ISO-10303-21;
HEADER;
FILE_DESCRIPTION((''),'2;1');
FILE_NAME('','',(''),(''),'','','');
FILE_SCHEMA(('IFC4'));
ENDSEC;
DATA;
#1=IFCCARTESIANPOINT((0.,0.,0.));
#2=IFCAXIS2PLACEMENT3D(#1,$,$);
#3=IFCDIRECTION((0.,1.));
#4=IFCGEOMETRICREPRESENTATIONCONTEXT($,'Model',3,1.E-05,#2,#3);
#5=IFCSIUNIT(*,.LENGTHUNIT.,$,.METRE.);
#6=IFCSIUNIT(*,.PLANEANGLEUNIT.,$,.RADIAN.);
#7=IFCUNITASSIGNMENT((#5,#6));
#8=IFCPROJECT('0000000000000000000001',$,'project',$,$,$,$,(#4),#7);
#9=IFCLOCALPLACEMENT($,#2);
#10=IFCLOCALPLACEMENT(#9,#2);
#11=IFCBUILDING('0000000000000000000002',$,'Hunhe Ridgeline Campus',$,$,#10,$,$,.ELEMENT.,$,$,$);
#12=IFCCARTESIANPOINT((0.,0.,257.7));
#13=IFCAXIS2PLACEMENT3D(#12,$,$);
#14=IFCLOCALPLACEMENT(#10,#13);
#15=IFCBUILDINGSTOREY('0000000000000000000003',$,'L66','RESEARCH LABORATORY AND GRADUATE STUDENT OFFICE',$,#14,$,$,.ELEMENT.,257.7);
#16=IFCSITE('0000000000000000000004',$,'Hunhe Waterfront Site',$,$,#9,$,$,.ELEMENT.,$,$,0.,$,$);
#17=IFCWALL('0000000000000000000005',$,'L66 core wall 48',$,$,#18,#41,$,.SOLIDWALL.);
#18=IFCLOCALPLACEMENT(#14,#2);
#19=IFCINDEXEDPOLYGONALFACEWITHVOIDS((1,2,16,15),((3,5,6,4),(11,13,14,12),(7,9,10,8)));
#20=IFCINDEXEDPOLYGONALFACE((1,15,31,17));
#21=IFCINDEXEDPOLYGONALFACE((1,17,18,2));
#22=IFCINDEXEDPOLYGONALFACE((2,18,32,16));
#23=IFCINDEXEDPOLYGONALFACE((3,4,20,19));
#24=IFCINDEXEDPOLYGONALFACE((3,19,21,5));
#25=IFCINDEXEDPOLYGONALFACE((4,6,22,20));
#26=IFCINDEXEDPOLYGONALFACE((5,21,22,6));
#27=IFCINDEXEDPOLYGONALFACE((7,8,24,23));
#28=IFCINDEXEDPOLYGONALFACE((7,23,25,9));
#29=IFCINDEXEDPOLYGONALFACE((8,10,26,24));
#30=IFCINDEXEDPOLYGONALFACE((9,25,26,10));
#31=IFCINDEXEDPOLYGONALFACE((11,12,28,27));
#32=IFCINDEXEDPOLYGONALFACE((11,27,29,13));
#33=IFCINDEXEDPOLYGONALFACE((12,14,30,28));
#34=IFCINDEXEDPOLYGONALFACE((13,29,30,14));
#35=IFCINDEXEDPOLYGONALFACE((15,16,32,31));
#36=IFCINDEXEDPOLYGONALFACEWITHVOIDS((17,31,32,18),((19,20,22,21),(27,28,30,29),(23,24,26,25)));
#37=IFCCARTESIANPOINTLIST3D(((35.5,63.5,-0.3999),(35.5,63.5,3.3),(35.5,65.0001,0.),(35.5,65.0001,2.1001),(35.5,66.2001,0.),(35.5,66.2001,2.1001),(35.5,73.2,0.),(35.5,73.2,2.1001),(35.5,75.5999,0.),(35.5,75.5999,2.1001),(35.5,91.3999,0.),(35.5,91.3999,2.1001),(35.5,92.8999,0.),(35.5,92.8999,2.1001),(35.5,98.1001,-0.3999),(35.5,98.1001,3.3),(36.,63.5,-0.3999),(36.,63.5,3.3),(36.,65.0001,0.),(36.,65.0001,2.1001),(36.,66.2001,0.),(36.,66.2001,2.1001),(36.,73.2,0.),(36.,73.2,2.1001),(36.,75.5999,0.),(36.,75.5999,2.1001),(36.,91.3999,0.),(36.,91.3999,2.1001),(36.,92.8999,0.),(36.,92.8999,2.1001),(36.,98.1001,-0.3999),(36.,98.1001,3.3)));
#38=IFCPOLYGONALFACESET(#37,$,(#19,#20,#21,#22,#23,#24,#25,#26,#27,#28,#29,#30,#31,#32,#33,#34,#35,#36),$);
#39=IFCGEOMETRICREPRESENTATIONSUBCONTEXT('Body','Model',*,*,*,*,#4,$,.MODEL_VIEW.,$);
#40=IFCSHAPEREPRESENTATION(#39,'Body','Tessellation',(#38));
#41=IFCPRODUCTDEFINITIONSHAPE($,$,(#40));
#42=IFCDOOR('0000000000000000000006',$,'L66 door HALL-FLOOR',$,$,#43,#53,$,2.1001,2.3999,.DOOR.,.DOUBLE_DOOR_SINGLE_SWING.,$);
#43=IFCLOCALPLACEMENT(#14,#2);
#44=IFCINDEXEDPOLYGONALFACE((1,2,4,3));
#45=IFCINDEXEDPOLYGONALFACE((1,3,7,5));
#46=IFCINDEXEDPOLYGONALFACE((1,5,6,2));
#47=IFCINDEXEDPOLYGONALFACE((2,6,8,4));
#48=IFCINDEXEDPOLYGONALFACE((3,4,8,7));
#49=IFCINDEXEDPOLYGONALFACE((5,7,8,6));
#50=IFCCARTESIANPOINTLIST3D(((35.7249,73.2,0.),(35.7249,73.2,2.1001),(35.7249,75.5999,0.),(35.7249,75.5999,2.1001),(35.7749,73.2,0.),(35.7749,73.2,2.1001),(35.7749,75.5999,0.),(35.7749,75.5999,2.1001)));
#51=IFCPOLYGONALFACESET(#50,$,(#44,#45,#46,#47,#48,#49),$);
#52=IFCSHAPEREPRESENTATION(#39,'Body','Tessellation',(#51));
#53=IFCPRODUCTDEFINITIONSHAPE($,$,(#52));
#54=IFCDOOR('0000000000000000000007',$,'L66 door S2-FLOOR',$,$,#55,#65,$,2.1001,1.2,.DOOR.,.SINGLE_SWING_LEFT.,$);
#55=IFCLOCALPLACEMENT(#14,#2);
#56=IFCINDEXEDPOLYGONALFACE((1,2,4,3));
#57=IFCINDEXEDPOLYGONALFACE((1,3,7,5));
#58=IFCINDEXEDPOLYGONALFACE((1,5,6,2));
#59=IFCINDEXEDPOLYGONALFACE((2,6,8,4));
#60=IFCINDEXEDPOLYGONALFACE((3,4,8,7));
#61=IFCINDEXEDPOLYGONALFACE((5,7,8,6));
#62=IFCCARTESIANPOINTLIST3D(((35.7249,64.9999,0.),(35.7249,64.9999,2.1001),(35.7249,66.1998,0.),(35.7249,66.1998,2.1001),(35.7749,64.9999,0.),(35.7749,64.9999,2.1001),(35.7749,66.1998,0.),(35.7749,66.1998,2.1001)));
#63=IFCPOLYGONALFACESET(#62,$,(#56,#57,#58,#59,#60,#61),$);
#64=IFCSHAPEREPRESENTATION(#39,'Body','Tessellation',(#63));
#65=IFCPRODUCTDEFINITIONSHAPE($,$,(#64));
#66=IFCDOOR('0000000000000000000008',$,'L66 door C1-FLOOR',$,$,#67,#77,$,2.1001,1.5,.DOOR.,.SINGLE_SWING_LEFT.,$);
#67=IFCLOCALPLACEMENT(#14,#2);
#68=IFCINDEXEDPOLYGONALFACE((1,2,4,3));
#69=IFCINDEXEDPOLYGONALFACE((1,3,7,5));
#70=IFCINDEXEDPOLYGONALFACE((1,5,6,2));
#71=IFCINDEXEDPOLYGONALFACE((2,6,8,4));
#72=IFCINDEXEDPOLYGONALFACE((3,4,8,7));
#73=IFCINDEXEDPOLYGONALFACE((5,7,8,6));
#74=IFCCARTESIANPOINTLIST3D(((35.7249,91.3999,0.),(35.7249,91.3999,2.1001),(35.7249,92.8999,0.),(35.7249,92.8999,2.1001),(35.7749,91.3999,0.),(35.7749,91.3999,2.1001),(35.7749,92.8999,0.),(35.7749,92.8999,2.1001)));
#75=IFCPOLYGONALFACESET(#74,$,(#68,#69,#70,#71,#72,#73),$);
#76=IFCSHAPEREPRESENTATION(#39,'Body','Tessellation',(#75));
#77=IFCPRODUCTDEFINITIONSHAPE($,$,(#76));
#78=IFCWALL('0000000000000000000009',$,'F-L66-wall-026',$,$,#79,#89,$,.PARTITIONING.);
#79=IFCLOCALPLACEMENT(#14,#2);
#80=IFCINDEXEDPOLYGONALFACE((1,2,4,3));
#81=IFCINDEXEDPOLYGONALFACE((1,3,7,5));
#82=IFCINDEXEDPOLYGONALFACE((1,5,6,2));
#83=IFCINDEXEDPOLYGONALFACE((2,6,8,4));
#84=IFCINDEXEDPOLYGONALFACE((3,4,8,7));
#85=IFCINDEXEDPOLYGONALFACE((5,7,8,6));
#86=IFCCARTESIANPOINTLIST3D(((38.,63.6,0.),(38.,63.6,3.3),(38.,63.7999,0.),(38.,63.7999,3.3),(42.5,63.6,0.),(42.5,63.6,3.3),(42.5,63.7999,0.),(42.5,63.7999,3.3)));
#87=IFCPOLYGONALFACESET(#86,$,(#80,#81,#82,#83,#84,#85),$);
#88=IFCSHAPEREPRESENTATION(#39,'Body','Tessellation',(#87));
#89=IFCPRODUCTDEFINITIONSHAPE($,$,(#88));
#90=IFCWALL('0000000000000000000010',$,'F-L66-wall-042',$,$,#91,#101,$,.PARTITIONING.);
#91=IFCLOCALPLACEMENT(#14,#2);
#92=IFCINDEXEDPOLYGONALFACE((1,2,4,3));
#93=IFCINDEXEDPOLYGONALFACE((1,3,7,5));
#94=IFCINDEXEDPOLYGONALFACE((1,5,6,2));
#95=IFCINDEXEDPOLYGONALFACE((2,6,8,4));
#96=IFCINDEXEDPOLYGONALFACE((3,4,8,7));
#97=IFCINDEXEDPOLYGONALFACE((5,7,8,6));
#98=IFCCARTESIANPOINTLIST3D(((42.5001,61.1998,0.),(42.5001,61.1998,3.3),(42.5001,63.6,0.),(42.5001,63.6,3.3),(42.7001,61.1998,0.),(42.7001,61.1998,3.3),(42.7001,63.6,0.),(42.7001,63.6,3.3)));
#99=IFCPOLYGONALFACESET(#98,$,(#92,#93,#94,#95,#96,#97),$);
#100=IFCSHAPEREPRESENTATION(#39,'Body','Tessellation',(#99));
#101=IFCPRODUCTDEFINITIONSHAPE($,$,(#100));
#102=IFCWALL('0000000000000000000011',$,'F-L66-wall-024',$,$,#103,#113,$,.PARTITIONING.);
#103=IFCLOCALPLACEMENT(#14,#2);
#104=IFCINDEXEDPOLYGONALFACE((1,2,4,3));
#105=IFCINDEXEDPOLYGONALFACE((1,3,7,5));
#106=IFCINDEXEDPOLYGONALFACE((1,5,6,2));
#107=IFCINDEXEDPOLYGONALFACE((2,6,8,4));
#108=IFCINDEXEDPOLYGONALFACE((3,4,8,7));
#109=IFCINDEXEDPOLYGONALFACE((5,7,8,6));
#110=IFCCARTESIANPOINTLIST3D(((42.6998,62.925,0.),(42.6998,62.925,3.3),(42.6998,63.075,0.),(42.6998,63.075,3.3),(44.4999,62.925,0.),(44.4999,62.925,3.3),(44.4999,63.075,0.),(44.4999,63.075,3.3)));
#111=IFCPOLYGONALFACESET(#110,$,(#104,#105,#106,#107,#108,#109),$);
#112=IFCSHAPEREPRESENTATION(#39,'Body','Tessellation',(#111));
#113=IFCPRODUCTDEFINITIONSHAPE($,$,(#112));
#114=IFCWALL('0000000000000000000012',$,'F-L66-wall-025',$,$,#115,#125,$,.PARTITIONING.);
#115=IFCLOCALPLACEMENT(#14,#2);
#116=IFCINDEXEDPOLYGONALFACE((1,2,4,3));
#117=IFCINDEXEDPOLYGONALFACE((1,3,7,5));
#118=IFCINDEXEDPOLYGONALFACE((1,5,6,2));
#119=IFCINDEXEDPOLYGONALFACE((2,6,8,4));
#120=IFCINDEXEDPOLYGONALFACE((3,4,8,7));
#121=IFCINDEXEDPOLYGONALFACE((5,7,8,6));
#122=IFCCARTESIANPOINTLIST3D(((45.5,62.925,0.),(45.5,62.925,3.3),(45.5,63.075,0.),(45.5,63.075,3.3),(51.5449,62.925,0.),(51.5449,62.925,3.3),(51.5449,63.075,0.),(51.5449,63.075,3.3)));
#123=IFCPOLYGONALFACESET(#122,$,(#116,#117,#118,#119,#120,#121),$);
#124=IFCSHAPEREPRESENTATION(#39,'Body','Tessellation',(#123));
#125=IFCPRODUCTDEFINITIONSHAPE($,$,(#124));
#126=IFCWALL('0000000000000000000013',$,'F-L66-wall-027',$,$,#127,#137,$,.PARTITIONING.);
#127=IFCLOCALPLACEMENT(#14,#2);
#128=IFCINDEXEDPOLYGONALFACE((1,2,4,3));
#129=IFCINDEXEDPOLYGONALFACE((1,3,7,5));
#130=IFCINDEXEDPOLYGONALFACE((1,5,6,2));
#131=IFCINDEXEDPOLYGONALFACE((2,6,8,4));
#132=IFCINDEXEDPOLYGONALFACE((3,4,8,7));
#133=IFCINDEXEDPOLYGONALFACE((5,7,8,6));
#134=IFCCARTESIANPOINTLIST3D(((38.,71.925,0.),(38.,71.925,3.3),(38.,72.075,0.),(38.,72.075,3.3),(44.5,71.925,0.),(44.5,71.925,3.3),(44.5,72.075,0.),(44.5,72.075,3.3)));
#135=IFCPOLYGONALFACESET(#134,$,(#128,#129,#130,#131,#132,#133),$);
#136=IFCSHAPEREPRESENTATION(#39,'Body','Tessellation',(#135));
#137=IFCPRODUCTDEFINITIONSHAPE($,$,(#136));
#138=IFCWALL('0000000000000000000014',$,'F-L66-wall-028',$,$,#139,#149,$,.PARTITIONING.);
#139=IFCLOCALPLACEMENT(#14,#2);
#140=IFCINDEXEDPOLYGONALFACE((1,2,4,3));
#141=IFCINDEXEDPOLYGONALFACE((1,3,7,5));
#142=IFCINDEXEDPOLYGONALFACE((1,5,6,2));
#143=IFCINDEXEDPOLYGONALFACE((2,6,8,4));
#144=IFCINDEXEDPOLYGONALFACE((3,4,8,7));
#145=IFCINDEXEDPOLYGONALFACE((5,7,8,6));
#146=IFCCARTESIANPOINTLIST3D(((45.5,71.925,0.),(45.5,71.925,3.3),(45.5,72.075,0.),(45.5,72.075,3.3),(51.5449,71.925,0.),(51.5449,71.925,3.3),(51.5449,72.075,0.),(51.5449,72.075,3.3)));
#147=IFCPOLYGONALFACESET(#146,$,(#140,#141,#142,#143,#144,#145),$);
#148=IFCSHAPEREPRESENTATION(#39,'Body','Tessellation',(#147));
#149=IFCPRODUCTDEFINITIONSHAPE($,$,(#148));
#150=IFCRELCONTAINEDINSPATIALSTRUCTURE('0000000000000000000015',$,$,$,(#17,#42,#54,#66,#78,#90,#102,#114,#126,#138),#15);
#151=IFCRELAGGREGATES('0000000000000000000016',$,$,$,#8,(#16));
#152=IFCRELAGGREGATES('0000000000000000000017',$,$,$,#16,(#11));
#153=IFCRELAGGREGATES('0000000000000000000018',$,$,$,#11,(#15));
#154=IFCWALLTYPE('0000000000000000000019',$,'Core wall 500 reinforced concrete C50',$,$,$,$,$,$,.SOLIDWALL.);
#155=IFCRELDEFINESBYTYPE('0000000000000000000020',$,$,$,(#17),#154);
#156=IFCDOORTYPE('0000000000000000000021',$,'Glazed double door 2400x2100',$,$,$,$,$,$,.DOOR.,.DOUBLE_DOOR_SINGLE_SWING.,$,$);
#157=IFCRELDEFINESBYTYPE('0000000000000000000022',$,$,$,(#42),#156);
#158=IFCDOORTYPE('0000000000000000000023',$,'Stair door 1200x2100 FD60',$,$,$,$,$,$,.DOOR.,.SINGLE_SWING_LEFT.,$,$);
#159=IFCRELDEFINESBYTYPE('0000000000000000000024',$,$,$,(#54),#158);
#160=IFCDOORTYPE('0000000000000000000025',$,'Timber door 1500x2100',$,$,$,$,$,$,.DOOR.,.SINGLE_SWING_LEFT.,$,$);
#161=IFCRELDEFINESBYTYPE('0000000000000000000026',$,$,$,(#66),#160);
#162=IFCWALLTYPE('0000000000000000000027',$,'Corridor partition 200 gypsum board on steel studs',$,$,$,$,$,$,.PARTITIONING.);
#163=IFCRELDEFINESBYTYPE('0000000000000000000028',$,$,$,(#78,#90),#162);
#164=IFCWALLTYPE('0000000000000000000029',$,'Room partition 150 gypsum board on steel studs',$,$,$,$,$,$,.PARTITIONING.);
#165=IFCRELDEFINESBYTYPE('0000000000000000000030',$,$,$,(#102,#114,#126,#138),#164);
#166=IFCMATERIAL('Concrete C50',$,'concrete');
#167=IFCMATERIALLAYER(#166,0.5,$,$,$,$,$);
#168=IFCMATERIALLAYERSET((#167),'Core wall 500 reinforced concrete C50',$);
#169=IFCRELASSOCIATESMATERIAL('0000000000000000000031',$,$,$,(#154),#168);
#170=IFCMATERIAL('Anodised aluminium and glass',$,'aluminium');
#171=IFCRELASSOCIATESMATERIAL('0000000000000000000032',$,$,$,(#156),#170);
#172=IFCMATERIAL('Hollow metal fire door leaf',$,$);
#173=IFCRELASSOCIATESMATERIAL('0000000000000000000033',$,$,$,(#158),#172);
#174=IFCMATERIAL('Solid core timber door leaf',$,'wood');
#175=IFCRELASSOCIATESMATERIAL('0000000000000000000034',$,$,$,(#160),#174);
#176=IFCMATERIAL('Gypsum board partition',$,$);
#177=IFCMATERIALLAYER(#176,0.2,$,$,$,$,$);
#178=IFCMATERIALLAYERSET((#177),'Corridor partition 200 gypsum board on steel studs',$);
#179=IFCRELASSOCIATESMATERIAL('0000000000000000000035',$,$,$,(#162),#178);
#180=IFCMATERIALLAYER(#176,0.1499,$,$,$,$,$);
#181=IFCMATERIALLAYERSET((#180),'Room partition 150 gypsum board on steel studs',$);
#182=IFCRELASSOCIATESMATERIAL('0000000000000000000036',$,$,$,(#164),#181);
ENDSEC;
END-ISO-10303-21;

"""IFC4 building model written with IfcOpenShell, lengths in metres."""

from ifc_helpers import new_model, si_unit, direction, frame, frame_2d, origin, place, context, subcontext, project, spatial, rectangle, extrude, material, layer, layer_set, type_object, element, fill, save


model = new_model("IFC4")

# Units and contexts
model_context = context("Model", 3, precision=1e-05, world=origin(), true_north=direction((0.0, 1.0)))
body_context = subcontext(model_context, "Body", "Model", "MODEL_VIEW")
ifc_project = project(units=[si_unit("LENGTHUNIT", "METRE"), si_unit("PLANEANGLEUNIT", "RADIAN")], contexts=[model_context])

# Site, building, storey
site_placement = place(None, origin())
site = spatial("IfcSite", under=ifc_project, at=site_placement, Name="Hunhe Waterfront Site", CompositionType="ELEMENT", RefElevation=0.0)
building_placement = place(site_placement, origin())
building = spatial("IfcBuilding", under=site, at=building_placement, Name="Hunhe Ridgeline Campus", CompositionType="ELEMENT")
storey_placement = place(building_placement, frame((0.0, 0.0, 257.7)))
storey = spatial("IfcBuildingStorey", under=building, at=storey_placement, Name="L66", Description="RESEARCH LABORATORY AND GRADUATE STUDENT OFFICE", CompositionType="ELEMENT", Elevation=257.7)

# Shared definitions
ifc_material_1 = material(Name="Concrete C50", Category="concrete")

# Wall, openings, doors
ifc_layer_1 = layer(ifc_material_1, 0.5)
ifc_layer_set_1 = layer_set([ifc_layer_1], Name="Core wall 500 reinforced concrete C50")
wall_type_1 = type_object("IfcWallType", Name="Core wall 500 reinforced concrete C50", PredefinedType="SOLIDWALL", material=ifc_layer_set_1)
wall_1_placement = place(storey_placement, frame((35.75, 63.5, -0.3999), z_axis=(0.0, 0.0, 1.0), x_axis=(0.0, 1.0, 0.0)))
wall_1 = element("IfcWall", 1, at=wall_1_placement, inside=storey, type_object=wall_type_1, Name="L66 core wall 48", PredefinedType="SOLIDWALL", context=body_context, shape_type="SweptSolid", body=[
    extrude(rectangle(XDim=34.6001, YDim=0.5, at=frame_2d((17.3, 0.0))), origin(), (0.0, 0.0, 1.0), 3.7),
])
opening_1_placement = place(wall_1_placement, frame((9.7, 0.0, 0.3999)))
opening_1 = element("IfcOpeningElement", 2, at=opening_1_placement, cuts=wall_1, PredefinedType="OPENING", context=body_context, shape_type="SweptSolid", body=[
    extrude(rectangle(XDim=2.3999, YDim=2.1001, at=frame_2d((1.2, 1.05))), frame((0.0, 0.25, 0.0), z_axis=(0.0, -1.0, 0.0), x_axis=(1.0, 0.0, 0.0)), (0.0, 0.0, 1.0), 0.5),
])
opening_2_placement = place(wall_1_placement, frame((27.8999, 0.0, 0.3999)))
opening_2 = element("IfcOpeningElement", 3, at=opening_2_placement, cuts=wall_1, PredefinedType="OPENING", context=body_context, shape_type="SweptSolid", body=[
    extrude(rectangle(XDim=1.5, YDim=2.1001, at=frame_2d((0.75, 1.05))), frame((0.0, 0.25, 0.0), z_axis=(0.0, -1.0, 0.0), x_axis=(1.0, 0.0, 0.0)), (0.0, 0.0, 1.0), 0.5),
])
opening_3_placement = place(wall_1_placement, frame((1.5, 0.0, 0.3999)))
opening_3 = element("IfcOpeningElement", 4, at=opening_3_placement, cuts=wall_1, PredefinedType="OPENING", context=body_context, shape_type="SweptSolid", body=[
    extrude(rectangle(XDim=1.2, YDim=2.1001, at=frame_2d((0.6001, 1.05))), frame((0.0, 0.25, 0.0), z_axis=(0.0, -1.0, 0.0), x_axis=(1.0, 0.0, 0.0)), (0.0, 0.0, 1.0), 0.5),
])
ifc_material_2 = material(Name="Anodised aluminium and glass", Category="aluminium")
door_type_1 = type_object("IfcDoorType", Name="Glazed double door 2400x2100", OperationType="DOUBLE_DOOR_SINGLE_SWING", PredefinedType="DOOR", material=ifc_material_2)
door_1_placement = place(opening_1_placement, frame((2.3999, 0.0, 0.0), z_axis=(0.0, 0.0, 1.0), x_axis=(-1.0, 0.0, 0.0)))
door_1 = element("IfcDoor", 5, at=door_1_placement, inside=storey, type_object=door_type_1, Name="L66 door HALL-FLOOR", OperationType="DOUBLE_DOOR_SINGLE_SWING", OverallHeight=2.1001, OverallWidth=2.3999, PredefinedType="DOOR", context=body_context, shape_type="SweptSolid", body=[
    extrude(rectangle(XDim=2.3999, YDim=2.1001, at=frame_2d((1.2, 1.05))), frame((0.0, 0.0249, 0.0), z_axis=(0.0, -1.0, 0.0), x_axis=(1.0, 0.0, 0.0)), (0.0, 0.0, 1.0), 0.05),
])
fill(opening_1, door_1)
ifc_material_3 = material(Name="Hollow metal fire door leaf")
door_type_2 = type_object("IfcDoorType", Name="Stair door 1200x2100 FD60", OperationType="SINGLE_SWING_LEFT", PredefinedType="DOOR", material=ifc_material_3)
door_2_placement = place(opening_3_placement, frame((1.2, 0.0, 0.0), z_axis=(0.0, 0.0, 1.0), x_axis=(-1.0, 0.0, 0.0)))
door_2 = element("IfcDoor", 6, at=door_2_placement, inside=storey, type_object=door_type_2, Name="L66 door S2-FLOOR", OperationType="SINGLE_SWING_LEFT", OverallHeight=2.1001, OverallWidth=1.2, PredefinedType="DOOR", context=body_context, shape_type="SweptSolid", body=[
    extrude(rectangle(XDim=1.2, YDim=2.1001, at=frame_2d((0.6001, 1.05))), frame((0.0, 0.0249, 0.0), z_axis=(0.0, -1.0, 0.0), x_axis=(1.0, 0.0, 0.0)), (0.0, 0.0, 1.0), 0.05),
])
fill(opening_3, door_2)
ifc_material_4 = material(Name="Solid core timber door leaf", Category="wood")
door_type_3 = type_object("IfcDoorType", Name="Timber door 1500x2100", OperationType="SINGLE_SWING_LEFT", PredefinedType="DOOR", material=ifc_material_4)
door_3_placement = place(opening_2_placement, frame((1.5, 0.0, 0.0), z_axis=(0.0, 0.0, 1.0), x_axis=(-1.0, 0.0, 0.0)))
door_3 = element("IfcDoor", 7, at=door_3_placement, inside=storey, type_object=door_type_3, Name="L66 door C1-FLOOR", OperationType="SINGLE_SWING_LEFT", OverallHeight=2.1001, OverallWidth=1.5, PredefinedType="DOOR", context=body_context, shape_type="SweptSolid", body=[
    extrude(rectangle(XDim=1.5, YDim=2.1001, at=frame_2d((0.75, 1.05))), frame((0.0, 0.0249, 0.0), z_axis=(0.0, -1.0, 0.0), x_axis=(1.0, 0.0, 0.0)), (0.0, 0.0, 1.0), 0.05),
])
fill(opening_2, door_3)

# Walls
ifc_material_5 = material(Name="Gypsum board partition")
ifc_layer_2 = layer(ifc_material_5, 0.2)
ifc_layer_set_2 = layer_set([ifc_layer_2], Name="Corridor partition 200 gypsum board on steel studs")
wall_type_2 = type_object("IfcWallType", Name="Corridor partition 200 gypsum board on steel studs", PredefinedType="PARTITIONING", material=ifc_layer_set_2)
wall_2_placement = place(storey_placement, frame((38.0, 63.7, 0.0), z_axis=(0.0, 0.0, 1.0), x_axis=(1.0, 0.0, 0.0)))
element("IfcWall", 8, at=wall_2_placement, inside=storey, type_object=wall_type_2, Name="F-L66-wall-026", PredefinedType="PARTITIONING", context=body_context, shape_type="SweptSolid", body=[
    extrude(rectangle(XDim=4.5, YDim=0.2, at=frame_2d((2.25, 0.0))), origin(), (0.0, 0.0, 1.0), 3.3),
])
wall_3_placement = place(storey_placement, frame((42.6001, 63.6001, 0.0), z_axis=(0.0, 0.0, 1.0), x_axis=(0.0, -1.0, 0.0)))
element("IfcWall", 9, at=wall_3_placement, inside=storey, type_object=wall_type_2, Name="F-L66-wall-042", PredefinedType="PARTITIONING", context=body_context, shape_type="SweptSolid", body=[
    extrude(rectangle(XDim=2.4001, YDim=0.2, at=frame_2d((1.2002, 0.0))), origin(), (0.0, 0.0, 1.0), 3.3),
])
ifc_layer_3 = layer(ifc_material_5, 0.1499)
ifc_layer_set_3 = layer_set([ifc_layer_3], Name="Room partition 150 gypsum board on steel studs")
wall_type_3 = type_object("IfcWallType", Name="Room partition 150 gypsum board on steel studs", PredefinedType="PARTITIONING", material=ifc_layer_set_3)
wall_4_placement = place(storey_placement, frame((42.7, 63.0, 0.0), z_axis=(0.0, 0.0, 1.0), x_axis=(1.0, 0.0, 0.0)))
element("IfcWall", 10, at=wall_4_placement, inside=storey, type_object=wall_type_3, Name="F-L66-wall-024", PredefinedType="PARTITIONING", context=body_context, shape_type="SweptSolid", body=[
    extrude(rectangle(XDim=1.8, YDim=0.1499, at=frame_2d((0.8999, 0.0))), origin(), (0.0, 0.0, 1.0), 3.3),
])
wall_5_placement = place(storey_placement, frame((45.5, 63.0, 0.0), z_axis=(0.0, 0.0, 1.0), x_axis=(1.0, 0.0, 0.0)))
element("IfcWall", 11, at=wall_5_placement, inside=storey, type_object=wall_type_3, Name="F-L66-wall-025", PredefinedType="PARTITIONING", context=body_context, shape_type="SweptSolid", body=[
    extrude(rectangle(XDim=6.0449, YDim=0.1499, at=frame_2d((3.0225, 0.0))), origin(), (0.0, 0.0, 1.0), 3.3),
])
wall_6_placement = place(storey_placement, frame((38.0, 72.0, 0.0), z_axis=(0.0, 0.0, 1.0), x_axis=(1.0, 0.0, 0.0)))
element("IfcWall", 12, at=wall_6_placement, inside=storey, type_object=wall_type_3, Name="F-L66-wall-027", PredefinedType="PARTITIONING", context=body_context, shape_type="SweptSolid", body=[
    extrude(rectangle(XDim=6.5, YDim=0.1499, at=frame_2d((3.25, 0.0))), origin(), (0.0, 0.0, 1.0), 3.3),
])
wall_7_placement = place(storey_placement, frame((45.5, 72.0, 0.0), z_axis=(0.0, 0.0, 1.0), x_axis=(1.0, 0.0, 0.0)))
element("IfcWall", 13, at=wall_7_placement, inside=storey, type_object=wall_type_3, Name="F-L66-wall-028", PredefinedType="PARTITIONING", context=body_context, shape_type="SweptSolid", body=[
    extrude(rectangle(XDim=6.0449, YDim=0.1499, at=frame_2d((3.0225, 0.0))), origin(), (0.0, 0.0, 1.0), 3.3),
])

save(model, "model.ifc")
